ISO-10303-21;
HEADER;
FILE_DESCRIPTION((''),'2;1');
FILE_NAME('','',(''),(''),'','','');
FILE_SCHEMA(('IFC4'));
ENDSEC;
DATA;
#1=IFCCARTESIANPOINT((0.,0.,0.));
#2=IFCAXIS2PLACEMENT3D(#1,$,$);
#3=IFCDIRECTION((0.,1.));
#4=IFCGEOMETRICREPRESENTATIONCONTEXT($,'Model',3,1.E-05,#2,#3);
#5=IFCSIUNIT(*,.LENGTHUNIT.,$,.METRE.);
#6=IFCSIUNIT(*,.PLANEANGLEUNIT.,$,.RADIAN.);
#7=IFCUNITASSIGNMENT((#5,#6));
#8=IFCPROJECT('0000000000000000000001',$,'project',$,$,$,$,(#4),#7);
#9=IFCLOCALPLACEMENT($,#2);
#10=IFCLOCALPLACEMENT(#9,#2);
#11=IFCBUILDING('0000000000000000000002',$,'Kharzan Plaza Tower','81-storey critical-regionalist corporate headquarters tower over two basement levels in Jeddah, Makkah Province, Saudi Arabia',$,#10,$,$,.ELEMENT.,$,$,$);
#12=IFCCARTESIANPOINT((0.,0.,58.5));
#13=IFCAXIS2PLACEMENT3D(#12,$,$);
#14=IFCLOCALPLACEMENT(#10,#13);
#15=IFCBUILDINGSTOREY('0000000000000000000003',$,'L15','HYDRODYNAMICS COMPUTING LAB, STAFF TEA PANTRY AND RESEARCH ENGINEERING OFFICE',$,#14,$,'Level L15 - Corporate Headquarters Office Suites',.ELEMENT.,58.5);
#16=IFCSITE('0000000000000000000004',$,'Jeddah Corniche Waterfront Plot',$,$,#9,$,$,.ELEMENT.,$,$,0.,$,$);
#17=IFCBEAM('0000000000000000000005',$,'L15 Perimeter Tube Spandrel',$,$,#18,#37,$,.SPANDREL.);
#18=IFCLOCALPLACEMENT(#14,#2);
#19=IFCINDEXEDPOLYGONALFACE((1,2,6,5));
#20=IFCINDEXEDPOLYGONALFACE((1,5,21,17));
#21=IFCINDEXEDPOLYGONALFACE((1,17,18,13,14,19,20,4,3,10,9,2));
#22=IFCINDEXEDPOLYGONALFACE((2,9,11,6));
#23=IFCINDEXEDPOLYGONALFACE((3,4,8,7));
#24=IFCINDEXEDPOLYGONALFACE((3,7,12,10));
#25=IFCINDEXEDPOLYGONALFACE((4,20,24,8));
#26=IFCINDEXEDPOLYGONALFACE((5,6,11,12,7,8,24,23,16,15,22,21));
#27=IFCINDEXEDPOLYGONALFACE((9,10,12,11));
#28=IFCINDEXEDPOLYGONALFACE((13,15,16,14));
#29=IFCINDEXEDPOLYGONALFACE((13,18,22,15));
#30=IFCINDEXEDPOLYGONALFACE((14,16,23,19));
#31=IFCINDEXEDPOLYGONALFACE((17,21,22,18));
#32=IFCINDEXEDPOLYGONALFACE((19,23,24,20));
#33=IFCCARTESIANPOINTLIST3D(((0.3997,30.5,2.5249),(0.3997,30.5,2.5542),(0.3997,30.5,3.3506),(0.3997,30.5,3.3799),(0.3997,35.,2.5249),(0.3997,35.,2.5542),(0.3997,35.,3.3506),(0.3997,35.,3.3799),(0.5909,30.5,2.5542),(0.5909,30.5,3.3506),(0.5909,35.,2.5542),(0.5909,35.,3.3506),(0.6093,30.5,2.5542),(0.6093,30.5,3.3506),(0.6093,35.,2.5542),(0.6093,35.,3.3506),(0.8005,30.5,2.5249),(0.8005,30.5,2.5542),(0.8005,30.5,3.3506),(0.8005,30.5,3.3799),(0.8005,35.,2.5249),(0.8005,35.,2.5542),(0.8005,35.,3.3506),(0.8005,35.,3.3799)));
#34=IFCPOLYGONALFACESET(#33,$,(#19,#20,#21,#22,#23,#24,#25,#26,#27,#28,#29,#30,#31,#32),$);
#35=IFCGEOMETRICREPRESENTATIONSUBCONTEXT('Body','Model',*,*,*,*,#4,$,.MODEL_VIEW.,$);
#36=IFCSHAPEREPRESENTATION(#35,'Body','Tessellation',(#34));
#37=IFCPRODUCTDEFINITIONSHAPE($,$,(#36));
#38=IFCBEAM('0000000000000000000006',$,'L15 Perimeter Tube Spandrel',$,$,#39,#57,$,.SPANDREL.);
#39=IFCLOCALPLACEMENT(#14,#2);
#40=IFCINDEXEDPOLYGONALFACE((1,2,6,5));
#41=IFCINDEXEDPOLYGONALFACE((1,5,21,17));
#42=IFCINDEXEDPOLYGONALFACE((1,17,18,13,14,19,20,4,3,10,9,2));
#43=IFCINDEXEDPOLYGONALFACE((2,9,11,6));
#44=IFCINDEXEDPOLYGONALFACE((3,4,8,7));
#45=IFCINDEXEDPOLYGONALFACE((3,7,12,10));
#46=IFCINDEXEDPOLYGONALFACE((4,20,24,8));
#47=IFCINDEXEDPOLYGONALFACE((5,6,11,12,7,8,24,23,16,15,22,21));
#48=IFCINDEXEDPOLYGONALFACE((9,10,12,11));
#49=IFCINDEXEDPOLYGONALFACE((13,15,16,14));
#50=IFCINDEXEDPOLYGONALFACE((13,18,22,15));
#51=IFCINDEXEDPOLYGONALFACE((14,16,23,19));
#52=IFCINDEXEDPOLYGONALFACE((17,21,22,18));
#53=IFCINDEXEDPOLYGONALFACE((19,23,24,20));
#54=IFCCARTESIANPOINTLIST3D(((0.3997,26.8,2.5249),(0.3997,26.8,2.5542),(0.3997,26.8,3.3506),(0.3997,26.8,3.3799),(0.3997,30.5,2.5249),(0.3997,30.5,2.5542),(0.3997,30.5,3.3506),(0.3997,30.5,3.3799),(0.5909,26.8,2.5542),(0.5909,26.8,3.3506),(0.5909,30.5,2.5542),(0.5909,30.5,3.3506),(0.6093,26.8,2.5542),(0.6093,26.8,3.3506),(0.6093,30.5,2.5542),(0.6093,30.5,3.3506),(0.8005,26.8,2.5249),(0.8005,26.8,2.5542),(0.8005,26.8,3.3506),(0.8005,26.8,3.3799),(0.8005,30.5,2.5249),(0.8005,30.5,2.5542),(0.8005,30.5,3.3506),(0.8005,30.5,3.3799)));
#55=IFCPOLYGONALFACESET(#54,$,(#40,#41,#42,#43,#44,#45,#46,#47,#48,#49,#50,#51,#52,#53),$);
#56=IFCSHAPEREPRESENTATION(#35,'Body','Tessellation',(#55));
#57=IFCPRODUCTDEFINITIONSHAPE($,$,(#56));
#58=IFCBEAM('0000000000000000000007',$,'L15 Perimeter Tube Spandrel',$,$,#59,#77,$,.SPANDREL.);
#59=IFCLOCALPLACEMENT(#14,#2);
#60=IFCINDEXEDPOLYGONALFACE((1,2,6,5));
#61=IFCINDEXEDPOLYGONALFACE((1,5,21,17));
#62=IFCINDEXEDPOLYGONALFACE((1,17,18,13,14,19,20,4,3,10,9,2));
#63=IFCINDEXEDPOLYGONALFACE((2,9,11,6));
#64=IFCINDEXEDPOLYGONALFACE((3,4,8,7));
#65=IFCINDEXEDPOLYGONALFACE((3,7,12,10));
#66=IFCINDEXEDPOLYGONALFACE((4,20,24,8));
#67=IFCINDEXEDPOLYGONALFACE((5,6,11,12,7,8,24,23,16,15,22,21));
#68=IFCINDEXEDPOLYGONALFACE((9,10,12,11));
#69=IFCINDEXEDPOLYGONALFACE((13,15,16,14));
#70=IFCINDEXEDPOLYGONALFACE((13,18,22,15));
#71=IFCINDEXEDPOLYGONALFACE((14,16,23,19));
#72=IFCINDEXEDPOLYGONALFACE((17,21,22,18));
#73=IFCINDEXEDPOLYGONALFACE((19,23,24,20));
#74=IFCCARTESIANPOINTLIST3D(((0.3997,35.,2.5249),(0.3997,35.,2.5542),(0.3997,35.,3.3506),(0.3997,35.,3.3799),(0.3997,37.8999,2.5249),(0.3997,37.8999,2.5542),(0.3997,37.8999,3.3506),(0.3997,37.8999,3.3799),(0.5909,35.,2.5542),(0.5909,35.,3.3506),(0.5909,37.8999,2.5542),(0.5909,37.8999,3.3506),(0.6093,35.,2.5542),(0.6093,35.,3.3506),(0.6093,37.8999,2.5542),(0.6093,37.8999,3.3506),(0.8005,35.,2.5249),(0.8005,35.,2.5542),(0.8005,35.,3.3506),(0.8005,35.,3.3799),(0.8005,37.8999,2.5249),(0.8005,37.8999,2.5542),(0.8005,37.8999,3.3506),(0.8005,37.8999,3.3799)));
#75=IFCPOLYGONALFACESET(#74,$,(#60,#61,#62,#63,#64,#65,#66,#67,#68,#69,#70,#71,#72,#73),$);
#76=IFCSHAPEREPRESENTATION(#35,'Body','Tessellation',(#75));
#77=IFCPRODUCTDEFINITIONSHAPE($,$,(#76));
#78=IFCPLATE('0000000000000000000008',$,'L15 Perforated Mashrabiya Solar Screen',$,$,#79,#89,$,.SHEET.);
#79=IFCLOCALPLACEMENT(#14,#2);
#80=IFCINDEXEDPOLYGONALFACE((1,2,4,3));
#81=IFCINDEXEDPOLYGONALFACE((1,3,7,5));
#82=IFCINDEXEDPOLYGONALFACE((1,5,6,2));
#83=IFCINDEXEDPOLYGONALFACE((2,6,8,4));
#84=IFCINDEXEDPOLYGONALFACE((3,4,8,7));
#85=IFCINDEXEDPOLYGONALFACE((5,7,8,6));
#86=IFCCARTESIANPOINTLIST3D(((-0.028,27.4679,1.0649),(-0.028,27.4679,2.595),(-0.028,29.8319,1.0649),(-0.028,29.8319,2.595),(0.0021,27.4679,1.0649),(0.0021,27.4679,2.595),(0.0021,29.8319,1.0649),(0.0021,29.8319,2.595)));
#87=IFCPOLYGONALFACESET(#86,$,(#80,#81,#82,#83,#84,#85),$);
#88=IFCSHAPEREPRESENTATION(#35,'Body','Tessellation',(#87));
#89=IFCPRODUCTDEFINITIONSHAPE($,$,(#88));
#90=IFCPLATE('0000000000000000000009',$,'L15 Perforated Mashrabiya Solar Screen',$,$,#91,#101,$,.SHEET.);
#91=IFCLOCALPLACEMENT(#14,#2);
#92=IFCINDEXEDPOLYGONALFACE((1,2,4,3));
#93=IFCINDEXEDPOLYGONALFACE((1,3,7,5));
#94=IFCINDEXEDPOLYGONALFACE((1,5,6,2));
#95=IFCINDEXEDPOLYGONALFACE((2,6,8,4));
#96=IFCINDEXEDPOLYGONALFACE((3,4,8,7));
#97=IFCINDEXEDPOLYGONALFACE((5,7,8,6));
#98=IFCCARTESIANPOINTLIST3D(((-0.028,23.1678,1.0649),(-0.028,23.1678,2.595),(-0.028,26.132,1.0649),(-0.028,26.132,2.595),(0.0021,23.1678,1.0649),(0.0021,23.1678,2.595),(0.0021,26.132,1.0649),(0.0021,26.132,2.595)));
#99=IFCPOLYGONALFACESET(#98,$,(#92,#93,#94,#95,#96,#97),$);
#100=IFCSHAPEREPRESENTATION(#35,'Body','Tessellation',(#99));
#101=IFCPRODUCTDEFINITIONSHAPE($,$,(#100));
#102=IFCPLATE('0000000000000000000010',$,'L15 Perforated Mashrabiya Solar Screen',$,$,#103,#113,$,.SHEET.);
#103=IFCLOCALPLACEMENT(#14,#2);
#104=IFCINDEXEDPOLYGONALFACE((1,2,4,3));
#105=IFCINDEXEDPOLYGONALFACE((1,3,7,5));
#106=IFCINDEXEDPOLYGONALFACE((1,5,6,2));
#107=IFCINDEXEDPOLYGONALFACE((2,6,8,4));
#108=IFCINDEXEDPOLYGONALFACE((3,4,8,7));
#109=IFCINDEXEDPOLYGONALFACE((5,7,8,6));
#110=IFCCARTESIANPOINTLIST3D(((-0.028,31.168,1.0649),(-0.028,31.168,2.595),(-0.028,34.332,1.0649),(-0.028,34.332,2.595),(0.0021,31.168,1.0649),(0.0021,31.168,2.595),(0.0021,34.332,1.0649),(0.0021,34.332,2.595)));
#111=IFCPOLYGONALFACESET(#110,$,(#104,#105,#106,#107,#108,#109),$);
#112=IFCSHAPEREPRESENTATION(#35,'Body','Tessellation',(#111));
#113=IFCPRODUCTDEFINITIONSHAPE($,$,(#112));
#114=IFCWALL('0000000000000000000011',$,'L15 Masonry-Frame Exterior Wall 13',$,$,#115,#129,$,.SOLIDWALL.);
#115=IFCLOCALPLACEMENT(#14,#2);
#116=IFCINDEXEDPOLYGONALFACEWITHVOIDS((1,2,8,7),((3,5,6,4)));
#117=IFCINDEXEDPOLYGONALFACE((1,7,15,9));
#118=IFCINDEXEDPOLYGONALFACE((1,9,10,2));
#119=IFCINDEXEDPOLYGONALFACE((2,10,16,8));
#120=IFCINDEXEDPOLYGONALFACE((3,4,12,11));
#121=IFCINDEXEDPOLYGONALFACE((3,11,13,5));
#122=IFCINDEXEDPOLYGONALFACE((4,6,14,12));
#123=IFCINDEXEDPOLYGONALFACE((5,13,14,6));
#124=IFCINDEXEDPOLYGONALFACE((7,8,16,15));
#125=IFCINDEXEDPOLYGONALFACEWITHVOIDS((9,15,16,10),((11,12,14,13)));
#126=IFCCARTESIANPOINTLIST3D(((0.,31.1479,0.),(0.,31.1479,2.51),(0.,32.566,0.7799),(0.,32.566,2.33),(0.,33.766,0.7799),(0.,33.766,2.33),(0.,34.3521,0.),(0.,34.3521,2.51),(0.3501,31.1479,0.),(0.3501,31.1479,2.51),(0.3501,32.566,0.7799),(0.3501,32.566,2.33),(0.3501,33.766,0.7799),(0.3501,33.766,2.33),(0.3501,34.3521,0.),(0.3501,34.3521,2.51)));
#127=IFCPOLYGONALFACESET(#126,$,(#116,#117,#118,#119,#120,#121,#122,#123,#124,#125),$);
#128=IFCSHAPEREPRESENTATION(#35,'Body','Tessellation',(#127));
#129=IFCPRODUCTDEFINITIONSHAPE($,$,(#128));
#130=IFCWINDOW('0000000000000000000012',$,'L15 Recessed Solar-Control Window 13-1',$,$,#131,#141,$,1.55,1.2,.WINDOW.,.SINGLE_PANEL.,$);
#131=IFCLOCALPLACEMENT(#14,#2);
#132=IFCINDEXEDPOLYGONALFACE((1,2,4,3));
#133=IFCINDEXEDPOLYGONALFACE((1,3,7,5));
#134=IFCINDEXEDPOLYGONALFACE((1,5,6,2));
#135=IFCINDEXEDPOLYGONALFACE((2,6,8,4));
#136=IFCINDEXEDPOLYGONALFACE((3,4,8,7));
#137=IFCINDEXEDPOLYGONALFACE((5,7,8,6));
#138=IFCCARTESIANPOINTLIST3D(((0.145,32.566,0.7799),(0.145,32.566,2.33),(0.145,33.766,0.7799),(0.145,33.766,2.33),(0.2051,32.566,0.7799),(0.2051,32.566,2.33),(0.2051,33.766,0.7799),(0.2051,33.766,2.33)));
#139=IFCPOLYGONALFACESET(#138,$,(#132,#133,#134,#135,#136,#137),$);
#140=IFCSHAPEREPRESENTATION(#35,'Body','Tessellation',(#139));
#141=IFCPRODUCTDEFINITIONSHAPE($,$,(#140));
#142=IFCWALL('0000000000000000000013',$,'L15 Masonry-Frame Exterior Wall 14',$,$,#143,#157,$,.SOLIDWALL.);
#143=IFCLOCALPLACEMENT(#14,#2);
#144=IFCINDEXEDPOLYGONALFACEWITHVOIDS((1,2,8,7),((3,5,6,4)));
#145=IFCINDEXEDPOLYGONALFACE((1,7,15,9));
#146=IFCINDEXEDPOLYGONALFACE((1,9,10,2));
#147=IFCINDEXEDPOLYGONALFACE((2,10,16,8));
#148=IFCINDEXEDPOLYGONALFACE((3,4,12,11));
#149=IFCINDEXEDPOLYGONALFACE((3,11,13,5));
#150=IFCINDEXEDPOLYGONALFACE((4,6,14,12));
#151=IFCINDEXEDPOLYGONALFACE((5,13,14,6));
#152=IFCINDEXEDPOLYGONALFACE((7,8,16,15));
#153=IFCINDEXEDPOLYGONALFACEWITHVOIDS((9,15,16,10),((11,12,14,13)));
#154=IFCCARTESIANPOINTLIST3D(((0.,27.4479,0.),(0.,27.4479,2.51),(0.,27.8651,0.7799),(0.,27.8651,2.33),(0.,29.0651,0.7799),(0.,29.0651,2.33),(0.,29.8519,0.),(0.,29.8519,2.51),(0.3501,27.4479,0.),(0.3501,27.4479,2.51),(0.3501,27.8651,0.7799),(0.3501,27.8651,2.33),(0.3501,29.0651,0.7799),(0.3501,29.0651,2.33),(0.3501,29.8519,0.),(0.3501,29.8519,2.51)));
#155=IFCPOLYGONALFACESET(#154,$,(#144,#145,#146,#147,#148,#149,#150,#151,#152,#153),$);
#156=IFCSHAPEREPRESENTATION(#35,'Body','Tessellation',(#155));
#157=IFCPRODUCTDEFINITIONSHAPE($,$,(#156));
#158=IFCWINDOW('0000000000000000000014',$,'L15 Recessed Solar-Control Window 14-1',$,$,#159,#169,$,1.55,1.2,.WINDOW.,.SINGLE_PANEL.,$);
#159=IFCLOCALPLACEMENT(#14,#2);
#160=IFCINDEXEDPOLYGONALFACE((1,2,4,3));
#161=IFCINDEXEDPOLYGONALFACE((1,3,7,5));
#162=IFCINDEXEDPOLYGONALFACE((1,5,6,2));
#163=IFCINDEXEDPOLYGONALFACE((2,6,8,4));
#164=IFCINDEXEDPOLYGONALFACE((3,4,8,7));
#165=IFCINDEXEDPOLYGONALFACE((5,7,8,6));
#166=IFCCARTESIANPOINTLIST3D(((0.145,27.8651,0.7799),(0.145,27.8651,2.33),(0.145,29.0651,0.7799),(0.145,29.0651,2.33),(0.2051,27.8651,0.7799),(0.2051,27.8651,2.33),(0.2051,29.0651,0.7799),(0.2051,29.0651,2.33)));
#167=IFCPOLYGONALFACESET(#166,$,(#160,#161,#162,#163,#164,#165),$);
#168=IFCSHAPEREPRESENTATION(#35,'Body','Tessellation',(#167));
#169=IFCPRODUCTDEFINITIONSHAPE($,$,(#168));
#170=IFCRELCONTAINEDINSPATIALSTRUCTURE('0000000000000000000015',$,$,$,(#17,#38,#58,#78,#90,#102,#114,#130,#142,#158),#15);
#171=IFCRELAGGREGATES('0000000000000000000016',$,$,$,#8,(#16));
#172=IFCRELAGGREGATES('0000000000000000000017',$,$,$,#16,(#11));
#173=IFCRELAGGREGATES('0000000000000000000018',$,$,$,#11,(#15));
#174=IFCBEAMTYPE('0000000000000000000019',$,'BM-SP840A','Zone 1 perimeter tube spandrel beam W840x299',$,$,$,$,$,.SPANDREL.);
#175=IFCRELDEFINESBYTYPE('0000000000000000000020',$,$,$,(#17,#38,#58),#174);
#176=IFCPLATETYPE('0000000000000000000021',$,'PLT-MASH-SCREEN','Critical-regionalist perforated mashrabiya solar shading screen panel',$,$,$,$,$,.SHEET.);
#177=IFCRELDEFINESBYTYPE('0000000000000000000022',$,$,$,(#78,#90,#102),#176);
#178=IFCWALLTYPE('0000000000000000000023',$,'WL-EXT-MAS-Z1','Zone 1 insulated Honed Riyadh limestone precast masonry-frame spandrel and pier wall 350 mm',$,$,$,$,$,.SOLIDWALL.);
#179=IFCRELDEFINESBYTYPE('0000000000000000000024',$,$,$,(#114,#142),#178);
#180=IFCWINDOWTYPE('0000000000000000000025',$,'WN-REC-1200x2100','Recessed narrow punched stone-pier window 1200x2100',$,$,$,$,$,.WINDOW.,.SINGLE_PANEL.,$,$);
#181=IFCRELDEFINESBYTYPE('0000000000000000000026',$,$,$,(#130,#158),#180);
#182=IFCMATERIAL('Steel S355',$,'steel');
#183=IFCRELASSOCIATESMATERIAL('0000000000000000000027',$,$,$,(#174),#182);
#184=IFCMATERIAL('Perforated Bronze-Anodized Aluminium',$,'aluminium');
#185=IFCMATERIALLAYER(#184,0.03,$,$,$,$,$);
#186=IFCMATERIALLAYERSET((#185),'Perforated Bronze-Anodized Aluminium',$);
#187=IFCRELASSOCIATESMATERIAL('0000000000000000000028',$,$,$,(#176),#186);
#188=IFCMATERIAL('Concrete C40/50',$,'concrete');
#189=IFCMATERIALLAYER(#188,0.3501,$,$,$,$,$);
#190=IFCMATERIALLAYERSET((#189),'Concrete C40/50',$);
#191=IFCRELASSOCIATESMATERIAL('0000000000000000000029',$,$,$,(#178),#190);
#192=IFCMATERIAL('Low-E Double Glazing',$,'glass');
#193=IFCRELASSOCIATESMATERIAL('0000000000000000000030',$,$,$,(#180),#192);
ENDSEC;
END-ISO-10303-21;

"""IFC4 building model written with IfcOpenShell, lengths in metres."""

from ifc_helpers import new_model, si_unit, direction, frame, frame_2d, origin, origin_2d, place, context, subcontext, project, spatial, rectangle, i_section, extrude, source, transform, mapped, material, layer, layer_set, material_profile, profile_set, type_object, element, fill, save


model = new_model("IFC4")

# Units and contexts
model_context = context("Model", 3, precision=1e-05, world=origin(), true_north=direction((0.0, 1.0)))
body_context = subcontext(model_context, "Body", "Model", "MODEL_VIEW")
ifc_project = project(units=[si_unit("LENGTHUNIT", "METRE"), si_unit("PLANEANGLEUNIT", "RADIAN")], contexts=[model_context])

# Site, building, storey
site_placement = place(None, origin())
site = spatial("IfcSite", under=ifc_project, at=site_placement, Name="Jeddah Corniche Waterfront Plot", CompositionType="ELEMENT", RefElevation=0.0)
building_placement = place(site_placement, origin())
building = spatial("IfcBuilding", under=site, at=building_placement, Name="Kharzan Plaza Tower", Description="81-storey critical-regionalist corporate headquarters tower over two basement levels in Jeddah, Makkah Province, Saudi Arabia", CompositionType="ELEMENT")
storey_placement = place(building_placement, frame((0.0, 0.0, 58.5)))
storey = spatial("IfcBuildingStorey", under=building, at=storey_placement, Name="L15", Description="HYDRODYNAMICS COMPUTING LAB, STAFF TEA PANTRY AND RESEARCH ENGINEERING OFFICE", LongName="Level L15 - Corporate Headquarters Office Suites", CompositionType="ELEMENT", Elevation=58.5)

# Beams
ifc_material_1 = material(Name="Steel S355", Category="steel")
ifc_material_profile_1 = material_profile(ifc_material_1, i_section(OverallWidth=0.4009, OverallDepth=0.855, WebThickness=0.0183, FlangeThickness=0.0293, at=origin_2d()), Name="W840x299")
ifc_profile_set_1 = profile_set([ifc_material_profile_1], Name="Steel S355")
beam_type_1 = type_object("IfcBeamType", Name="BM-SP840A", Description="Zone 1 perimeter tube spandrel beam W840x299", PredefinedType="SPANDREL", material=ifc_profile_set_1)
shared_shape_1 = source(origin(), body_context, "Body", "SweptSolid", [
    extrude(i_section(OverallWidth=0.4009, OverallDepth=0.855, WebThickness=0.0183, FlangeThickness=0.0293, at=origin_2d()), origin(), (0.0, 0.0, 1.0), 4.5),
])
beam_1_placement = place(storey_placement, frame((0.6001, 30.5, 2.9524), z_axis=(0.0, 1.0, 0.0), x_axis=(-1.0, 0.0, 0.0)))
element("IfcBeam", 1, at=beam_1_placement, inside=storey, type_object=beam_type_1, Name="L15 Perimeter Tube Spandrel", PredefinedType="SPANDREL", context=body_context, shape_type="MappedRepresentation", body=[
    mapped(shared_shape_1, transform((0.0, 0.0, 0.0), x_axis=(1.0, 0.0, 0.0), y_axis=(0.0, 1.0, 0.0), z_axis=(0.0, 0.0, 1.0))),
])
shared_shape_2 = source(origin(), body_context, "Body", "SweptSolid", [
    extrude(i_section(OverallWidth=0.4009, OverallDepth=0.855, WebThickness=0.0183, FlangeThickness=0.0293, at=origin_2d()), origin(), (0.0, 0.0, 1.0), 3.7),
])
beam_2_placement = place(storey_placement, frame((0.6001, 26.8, 2.9524), z_axis=(0.0, 1.0, 0.0), x_axis=(-1.0, 0.0, 0.0)))
element("IfcBeam", 2, at=beam_2_placement, inside=storey, type_object=beam_type_1, Name="L15 Perimeter Tube Spandrel", PredefinedType="SPANDREL", context=body_context, shape_type="MappedRepresentation", body=[
    mapped(shared_shape_2, transform((0.0, 0.0, 0.0), x_axis=(1.0, 0.0, 0.0), y_axis=(0.0, 1.0, 0.0), z_axis=(0.0, 0.0, 1.0))),
])
shared_shape_3 = source(origin(), body_context, "Body", "SweptSolid", [
    extrude(i_section(OverallWidth=0.4009, OverallDepth=0.855, WebThickness=0.0183, FlangeThickness=0.0293, at=origin_2d()), origin(), (0.0, 0.0, 1.0), 2.8999),
])
beam_3_placement = place(storey_placement, frame((0.6001, 35.0, 2.9524), z_axis=(0.0, 1.0, 0.0), x_axis=(-1.0, 0.0, 0.0)))
element("IfcBeam", 3, at=beam_3_placement, inside=storey, type_object=beam_type_1, Name="L15 Perimeter Tube Spandrel", PredefinedType="SPANDREL", context=body_context, shape_type="MappedRepresentation", body=[
    mapped(shared_shape_3, transform((0.0, 0.0, 0.0), x_axis=(1.0, 0.0, 0.0), y_axis=(0.0, 1.0, 0.0), z_axis=(0.0, 0.0, 1.0))),
])

# Plates
ifc_material_2 = material(Name="Perforated Bronze-Anodized Aluminium", Category="aluminium")
ifc_layer_1 = layer(ifc_material_2, 0.03)
ifc_layer_set_1 = layer_set([ifc_layer_1], Name="Perforated Bronze-Anodized Aluminium")
plate_type = type_object("IfcPlateType", Name="PLT-MASH-SCREEN", Description="Critical-regionalist perforated mashrabiya solar shading screen panel", PredefinedType="SHEET", material=ifc_layer_set_1)
shared_shape_4 = source(origin(), body_context, "Body", "SweptSolid", [
    extrude(rectangle(XDim=2.364, YDim=0.03, at=origin_2d()), origin(), (0.0, 0.0, 1.0), 1.53),
])
plate_1_placement = place(storey_placement, frame((-0.0129, 28.6499, 1.0649), z_axis=(0.0, 0.0, 1.0), x_axis=(0.0, -1.0, 0.0)))
element("IfcPlate", 4, at=plate_1_placement, inside=storey, type_object=plate_type, Name="L15 Perforated Mashrabiya Solar Screen", PredefinedType="SHEET", context=body_context, shape_type="MappedRepresentation", body=[
    mapped(shared_shape_4, transform((0.0, 0.0, 0.0), x_axis=(1.0, 0.0, 0.0), y_axis=(0.0, 1.0, 0.0), z_axis=(0.0, 0.0, 1.0))),
])
shared_shape_5 = source(origin(), body_context, "Body", "SweptSolid", [
    extrude(rectangle(XDim=2.9641, YDim=0.03, at=origin_2d()), origin(), (0.0, 0.0, 1.0), 1.53),
])
plate_2_placement = place(storey_placement, frame((-0.0129, 24.6499, 1.0649), z_axis=(0.0, 0.0, 1.0), x_axis=(0.0, -1.0, 0.0)))
element("IfcPlate", 5, at=plate_2_placement, inside=storey, type_object=plate_type, Name="L15 Perforated Mashrabiya Solar Screen", PredefinedType="SHEET", context=body_context, shape_type="MappedRepresentation", body=[
    mapped(shared_shape_5, transform((0.0, 0.0, 0.0), x_axis=(1.0, 0.0, 0.0), y_axis=(0.0, 1.0, 0.0), z_axis=(0.0, 0.0, 1.0))),
])
shared_shape_6 = source(origin(), body_context, "Body", "SweptSolid", [
    extrude(rectangle(XDim=3.1641, YDim=0.03, at=origin_2d()), origin(), (0.0, 0.0, 1.0), 1.53),
])
plate_3_placement = place(storey_placement, frame((-0.0129, 32.75, 1.0649), z_axis=(0.0, 0.0, 1.0), x_axis=(0.0, -1.0, 0.0)))
element("IfcPlate", 6, at=plate_3_placement, inside=storey, type_object=plate_type, Name="L15 Perforated Mashrabiya Solar Screen", PredefinedType="SHEET", context=body_context, shape_type="MappedRepresentation", body=[
    mapped(shared_shape_6, transform((0.0, 0.0, 0.0), x_axis=(1.0, 0.0, 0.0), y_axis=(0.0, 1.0, 0.0), z_axis=(0.0, 0.0, 1.0))),
])

# Walls, openings, windows
ifc_material_3 = material(Name="Concrete C40/50", Category="concrete")
ifc_layer_2 = layer(ifc_material_3, 0.3501)
ifc_layer_set_2 = layer_set([ifc_layer_2], Name="Concrete C40/50")
wall_type_1 = type_object("IfcWallType", Name="WL-EXT-MAS-Z1", Description="Zone 1 insulated Honed Riyadh limestone precast masonry-frame spandrel and pier wall 350 mm", PredefinedType="SOLIDWALL", material=ifc_layer_set_2)
wall_1_placement = place(storey_placement, frame((0.175, 34.3521, 0.0), z_axis=(0.0, 0.0, 1.0), x_axis=(0.0, -1.0, 0.0)))
wall_1 = element("IfcWall", 7, at=wall_1_placement, inside=storey, type_object=wall_type_1, Name="L15 Masonry-Frame Exterior Wall 13", PredefinedType="SOLIDWALL", context=body_context, shape_type="SweptSolid", body=[
    extrude(rectangle(XDim=3.2041, YDim=0.3501, at=frame_2d((1.6021, 0.0))), origin(), (0.0, 0.0, 1.0), 2.51),
])
opening_1_placement = place(wall_1_placement, frame((0.5859, 0.0, 0.78)))
opening_1 = element("IfcOpeningElement", 8, at=opening_1_placement, cuts=wall_1, PredefinedType="OPENING", context=body_context, shape_type="SweptSolid", body=[
    extrude(rectangle(XDim=1.2, YDim=1.55, at=frame_2d((0.6001, 0.7749))), frame((0.0, 0.1851, 0.0), z_axis=(0.0, -1.0, 0.0), x_axis=(1.0, 0.0, 0.0)), (0.0, 0.0, 1.0), 0.3701),
])
ifc_material_4 = material(Name="Low-E Double Glazing", Category="glass")
window_type_1 = type_object("IfcWindowType", Name="WN-REC-1200x2100", Description="Recessed narrow punched stone-pier window 1200x2100", PartitioningType="SINGLE_PANEL", PredefinedType="WINDOW", material=ifc_material_4)
shared_shape_7 = source(origin(), body_context, "Body", "SweptSolid", [
    extrude(rectangle(XDim=1.2, YDim=1.55, at=frame_2d((0.6001, 0.7749))), frame((0.0, 0.03, 0.0), z_axis=(0.0, -1.0, 0.0), x_axis=(1.0, 0.0, 0.0)), (0.0, 0.0, 1.0), 0.0601),
])
window_1_placement = place(opening_1_placement, origin())
window_1 = element("IfcWindow", 9, at=window_1_placement, inside=storey, type_object=window_type_1, Name="L15 Recessed Solar-Control Window 13-1", OverallHeight=1.55, OverallWidth=1.2, PartitioningType="SINGLE_PANEL", PredefinedType="WINDOW", context=body_context, shape_type="MappedRepresentation", body=[
    mapped(shared_shape_7, transform((0.0, 0.0, 0.0), x_axis=(1.0, 0.0, 0.0), y_axis=(0.0, 1.0, 0.0), z_axis=(0.0, 0.0, 1.0))),
])
fill(opening_1, window_1)
wall_2_placement = place(storey_placement, frame((0.175, 29.8521, 0.0), z_axis=(0.0, 0.0, 1.0), x_axis=(0.0, -1.0, 0.0)))
wall_2 = element("IfcWall", 10, at=wall_2_placement, inside=storey, type_object=wall_type_1, Name="L15 Masonry-Frame Exterior Wall 14", PredefinedType="SOLIDWALL", context=body_context, shape_type="SweptSolid", body=[
    extrude(rectangle(XDim=2.4041, YDim=0.3501, at=frame_2d((1.2021, 0.0))), origin(), (0.0, 0.0, 1.0), 2.51),
])
opening_2_placement = place(wall_2_placement, frame((0.7869, 0.0, 0.78)))
opening_2 = element("IfcOpeningElement", 11, at=opening_2_placement, cuts=wall_2, PredefinedType="OPENING", context=body_context, shape_type="SweptSolid", body=[
    extrude(rectangle(XDim=1.2, YDim=1.55, at=frame_2d((0.6001, 0.7749))), frame((0.0, 0.1851, 0.0), z_axis=(0.0, -1.0, 0.0), x_axis=(1.0, 0.0, 0.0)), (0.0, 0.0, 1.0), 0.3701),
])
window_2_placement = place(opening_2_placement, origin())
window_2 = element("IfcWindow", 12, at=window_2_placement, inside=storey, type_object=window_type_1, Name="L15 Recessed Solar-Control Window 14-1", OverallHeight=1.55, OverallWidth=1.2, PartitioningType="SINGLE_PANEL", PredefinedType="WINDOW", context=body_context, shape_type="MappedRepresentation", body=[
    mapped(shared_shape_7, transform((0.0, 0.0, 0.0), x_axis=(1.0, 0.0, 0.0), y_axis=(0.0, 1.0, 0.0), z_axis=(0.0, 0.0, 1.0))),
])
fill(opening_2, window_2)

save(model, "model.ifc")
